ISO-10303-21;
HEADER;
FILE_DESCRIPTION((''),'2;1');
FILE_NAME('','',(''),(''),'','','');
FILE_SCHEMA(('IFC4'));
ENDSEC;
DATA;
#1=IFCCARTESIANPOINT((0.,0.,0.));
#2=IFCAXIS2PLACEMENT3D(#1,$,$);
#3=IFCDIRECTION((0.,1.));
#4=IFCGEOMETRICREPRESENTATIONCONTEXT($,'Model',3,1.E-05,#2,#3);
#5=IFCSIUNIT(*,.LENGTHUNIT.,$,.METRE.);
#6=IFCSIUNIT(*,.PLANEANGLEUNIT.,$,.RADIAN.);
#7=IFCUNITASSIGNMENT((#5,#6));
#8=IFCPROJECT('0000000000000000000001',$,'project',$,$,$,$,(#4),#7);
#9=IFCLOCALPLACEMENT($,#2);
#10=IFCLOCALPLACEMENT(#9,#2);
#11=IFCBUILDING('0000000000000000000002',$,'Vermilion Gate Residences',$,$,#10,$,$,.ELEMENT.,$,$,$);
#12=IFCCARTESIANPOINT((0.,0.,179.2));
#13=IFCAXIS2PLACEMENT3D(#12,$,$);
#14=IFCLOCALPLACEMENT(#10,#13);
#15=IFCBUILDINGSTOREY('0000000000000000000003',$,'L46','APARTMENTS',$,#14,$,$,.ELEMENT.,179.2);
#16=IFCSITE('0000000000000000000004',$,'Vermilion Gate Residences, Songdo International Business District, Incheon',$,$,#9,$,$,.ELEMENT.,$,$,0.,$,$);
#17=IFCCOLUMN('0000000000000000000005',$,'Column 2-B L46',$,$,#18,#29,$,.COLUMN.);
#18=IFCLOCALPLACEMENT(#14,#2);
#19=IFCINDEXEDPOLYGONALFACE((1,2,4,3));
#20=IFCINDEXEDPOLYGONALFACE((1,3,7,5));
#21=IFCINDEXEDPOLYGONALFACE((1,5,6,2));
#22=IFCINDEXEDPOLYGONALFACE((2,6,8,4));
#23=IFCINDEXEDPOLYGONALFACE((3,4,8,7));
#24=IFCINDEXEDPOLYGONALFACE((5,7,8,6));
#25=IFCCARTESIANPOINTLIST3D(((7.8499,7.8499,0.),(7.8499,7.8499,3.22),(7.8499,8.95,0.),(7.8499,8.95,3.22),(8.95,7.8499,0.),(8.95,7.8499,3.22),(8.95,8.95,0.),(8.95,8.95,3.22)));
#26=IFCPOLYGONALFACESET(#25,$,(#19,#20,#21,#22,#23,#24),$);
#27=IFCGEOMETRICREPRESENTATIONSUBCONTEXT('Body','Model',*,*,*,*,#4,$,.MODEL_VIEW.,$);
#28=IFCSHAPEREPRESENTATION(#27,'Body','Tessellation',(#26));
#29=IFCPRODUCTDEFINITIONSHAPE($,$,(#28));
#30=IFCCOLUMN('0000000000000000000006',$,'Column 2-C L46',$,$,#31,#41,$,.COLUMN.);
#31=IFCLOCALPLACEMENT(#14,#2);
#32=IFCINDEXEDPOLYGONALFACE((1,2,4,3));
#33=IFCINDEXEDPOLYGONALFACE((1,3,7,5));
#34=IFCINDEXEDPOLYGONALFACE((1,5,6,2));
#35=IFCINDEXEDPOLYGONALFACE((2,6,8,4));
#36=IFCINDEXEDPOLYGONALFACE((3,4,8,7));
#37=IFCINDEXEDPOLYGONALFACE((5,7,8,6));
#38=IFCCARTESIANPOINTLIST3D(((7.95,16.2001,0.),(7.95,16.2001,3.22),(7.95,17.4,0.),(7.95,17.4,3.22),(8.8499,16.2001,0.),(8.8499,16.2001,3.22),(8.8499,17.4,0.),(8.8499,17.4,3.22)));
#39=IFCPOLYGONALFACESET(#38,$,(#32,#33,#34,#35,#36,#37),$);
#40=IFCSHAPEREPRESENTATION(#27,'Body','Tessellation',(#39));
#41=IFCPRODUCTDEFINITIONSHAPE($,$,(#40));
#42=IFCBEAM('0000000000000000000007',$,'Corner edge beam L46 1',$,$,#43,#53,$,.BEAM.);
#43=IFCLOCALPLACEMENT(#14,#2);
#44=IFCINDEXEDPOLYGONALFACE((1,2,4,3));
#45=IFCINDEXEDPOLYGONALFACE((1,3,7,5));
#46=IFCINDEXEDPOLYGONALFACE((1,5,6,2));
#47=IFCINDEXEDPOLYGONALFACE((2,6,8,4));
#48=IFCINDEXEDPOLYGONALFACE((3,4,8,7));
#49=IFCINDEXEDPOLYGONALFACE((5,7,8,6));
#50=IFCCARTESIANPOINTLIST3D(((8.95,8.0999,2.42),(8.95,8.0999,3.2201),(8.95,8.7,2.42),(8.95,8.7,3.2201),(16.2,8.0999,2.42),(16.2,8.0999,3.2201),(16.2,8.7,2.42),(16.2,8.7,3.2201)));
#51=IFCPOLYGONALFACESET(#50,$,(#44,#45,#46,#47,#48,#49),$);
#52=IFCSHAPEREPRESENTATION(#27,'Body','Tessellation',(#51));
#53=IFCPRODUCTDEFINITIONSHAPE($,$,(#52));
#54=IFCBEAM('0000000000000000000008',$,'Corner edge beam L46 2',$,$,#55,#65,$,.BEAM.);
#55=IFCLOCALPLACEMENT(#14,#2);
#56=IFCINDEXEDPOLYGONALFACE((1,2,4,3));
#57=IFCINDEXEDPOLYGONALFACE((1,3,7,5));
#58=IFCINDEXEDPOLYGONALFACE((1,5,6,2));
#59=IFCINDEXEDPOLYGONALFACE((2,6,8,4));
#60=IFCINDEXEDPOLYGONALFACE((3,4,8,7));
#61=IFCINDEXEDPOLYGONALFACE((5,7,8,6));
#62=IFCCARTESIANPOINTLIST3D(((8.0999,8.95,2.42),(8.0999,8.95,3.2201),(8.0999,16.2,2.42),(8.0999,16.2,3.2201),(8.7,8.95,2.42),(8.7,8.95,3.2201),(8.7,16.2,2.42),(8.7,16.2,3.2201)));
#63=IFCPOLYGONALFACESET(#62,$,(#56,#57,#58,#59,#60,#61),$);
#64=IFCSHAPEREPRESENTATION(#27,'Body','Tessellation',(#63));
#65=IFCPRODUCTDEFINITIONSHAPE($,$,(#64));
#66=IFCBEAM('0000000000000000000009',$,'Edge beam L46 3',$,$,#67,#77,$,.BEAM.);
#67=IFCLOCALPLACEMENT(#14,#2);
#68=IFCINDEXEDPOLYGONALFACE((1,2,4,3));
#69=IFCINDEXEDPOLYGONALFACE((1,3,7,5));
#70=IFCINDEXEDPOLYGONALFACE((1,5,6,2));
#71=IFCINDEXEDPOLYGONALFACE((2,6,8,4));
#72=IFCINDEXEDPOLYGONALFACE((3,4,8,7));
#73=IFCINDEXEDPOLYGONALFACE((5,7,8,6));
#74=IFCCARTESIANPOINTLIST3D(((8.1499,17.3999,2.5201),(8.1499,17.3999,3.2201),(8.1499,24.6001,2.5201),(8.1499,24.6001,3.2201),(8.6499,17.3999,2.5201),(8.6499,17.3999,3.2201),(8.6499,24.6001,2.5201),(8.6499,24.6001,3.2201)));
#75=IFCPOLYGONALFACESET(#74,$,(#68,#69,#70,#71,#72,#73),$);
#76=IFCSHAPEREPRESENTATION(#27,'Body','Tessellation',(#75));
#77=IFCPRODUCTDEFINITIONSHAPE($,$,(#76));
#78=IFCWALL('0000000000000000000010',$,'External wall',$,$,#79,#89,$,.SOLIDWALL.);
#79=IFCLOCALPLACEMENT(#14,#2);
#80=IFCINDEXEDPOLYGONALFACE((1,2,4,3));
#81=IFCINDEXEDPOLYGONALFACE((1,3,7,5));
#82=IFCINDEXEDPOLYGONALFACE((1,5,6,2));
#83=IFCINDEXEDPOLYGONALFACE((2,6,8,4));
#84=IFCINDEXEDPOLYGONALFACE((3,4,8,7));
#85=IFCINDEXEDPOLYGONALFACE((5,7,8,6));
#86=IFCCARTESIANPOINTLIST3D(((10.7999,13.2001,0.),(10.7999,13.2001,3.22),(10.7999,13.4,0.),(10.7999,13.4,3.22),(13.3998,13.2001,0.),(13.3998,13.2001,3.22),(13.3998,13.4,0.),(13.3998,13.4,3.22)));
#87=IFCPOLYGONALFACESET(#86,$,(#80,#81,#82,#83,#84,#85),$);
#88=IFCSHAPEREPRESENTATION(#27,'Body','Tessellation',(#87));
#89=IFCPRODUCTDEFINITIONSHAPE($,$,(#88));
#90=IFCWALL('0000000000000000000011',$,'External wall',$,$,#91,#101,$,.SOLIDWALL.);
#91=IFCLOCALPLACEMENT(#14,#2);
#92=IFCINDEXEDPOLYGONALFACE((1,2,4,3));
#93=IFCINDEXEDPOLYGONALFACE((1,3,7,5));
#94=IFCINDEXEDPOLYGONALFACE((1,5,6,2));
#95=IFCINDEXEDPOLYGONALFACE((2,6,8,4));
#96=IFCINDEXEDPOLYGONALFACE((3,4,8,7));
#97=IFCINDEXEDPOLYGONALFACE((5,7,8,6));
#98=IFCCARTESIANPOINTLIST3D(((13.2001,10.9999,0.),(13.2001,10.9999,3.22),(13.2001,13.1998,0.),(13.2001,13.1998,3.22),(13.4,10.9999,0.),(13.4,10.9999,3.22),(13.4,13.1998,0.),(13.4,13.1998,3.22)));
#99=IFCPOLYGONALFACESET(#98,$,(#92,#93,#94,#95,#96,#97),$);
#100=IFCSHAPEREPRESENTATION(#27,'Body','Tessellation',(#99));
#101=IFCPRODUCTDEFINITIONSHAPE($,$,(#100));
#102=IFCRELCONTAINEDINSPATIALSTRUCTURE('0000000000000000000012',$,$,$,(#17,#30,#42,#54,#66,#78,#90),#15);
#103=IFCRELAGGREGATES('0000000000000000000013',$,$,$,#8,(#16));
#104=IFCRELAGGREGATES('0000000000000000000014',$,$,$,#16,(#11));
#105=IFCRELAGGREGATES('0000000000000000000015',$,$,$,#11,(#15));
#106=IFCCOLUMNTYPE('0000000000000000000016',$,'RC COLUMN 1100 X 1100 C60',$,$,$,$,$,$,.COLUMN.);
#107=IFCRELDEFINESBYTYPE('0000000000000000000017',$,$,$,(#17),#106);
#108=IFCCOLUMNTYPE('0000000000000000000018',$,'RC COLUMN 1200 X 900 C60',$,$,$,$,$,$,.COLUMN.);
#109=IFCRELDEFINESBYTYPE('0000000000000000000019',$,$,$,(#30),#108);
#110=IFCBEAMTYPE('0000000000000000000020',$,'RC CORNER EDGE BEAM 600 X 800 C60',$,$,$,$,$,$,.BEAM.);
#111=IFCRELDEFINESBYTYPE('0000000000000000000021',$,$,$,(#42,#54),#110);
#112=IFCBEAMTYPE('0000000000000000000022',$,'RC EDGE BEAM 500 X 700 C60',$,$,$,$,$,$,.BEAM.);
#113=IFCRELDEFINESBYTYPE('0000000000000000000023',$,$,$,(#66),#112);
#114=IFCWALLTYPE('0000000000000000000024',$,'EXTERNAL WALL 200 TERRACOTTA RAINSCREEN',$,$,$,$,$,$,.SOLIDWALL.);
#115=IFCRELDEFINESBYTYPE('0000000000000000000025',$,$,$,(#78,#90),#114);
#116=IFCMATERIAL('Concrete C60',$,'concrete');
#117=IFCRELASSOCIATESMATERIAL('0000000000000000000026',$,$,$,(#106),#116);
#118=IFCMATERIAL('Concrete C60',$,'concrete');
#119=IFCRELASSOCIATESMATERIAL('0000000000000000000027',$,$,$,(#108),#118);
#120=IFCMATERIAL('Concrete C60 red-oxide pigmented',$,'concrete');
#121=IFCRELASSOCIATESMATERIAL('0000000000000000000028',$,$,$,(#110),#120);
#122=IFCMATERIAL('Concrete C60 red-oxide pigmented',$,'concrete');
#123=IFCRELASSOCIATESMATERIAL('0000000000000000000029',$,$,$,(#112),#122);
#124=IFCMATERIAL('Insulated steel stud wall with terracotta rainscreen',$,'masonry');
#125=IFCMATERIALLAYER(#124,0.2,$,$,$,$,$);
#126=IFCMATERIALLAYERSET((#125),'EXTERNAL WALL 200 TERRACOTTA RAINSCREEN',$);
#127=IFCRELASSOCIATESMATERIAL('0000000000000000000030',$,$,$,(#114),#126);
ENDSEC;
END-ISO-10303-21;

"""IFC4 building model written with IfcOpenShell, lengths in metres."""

from ifc_helpers import new_model, si_unit, direction, frame, frame_2d, origin, origin_2d, place, context, subcontext, project, spatial, rectangle, extrude, material, layer, layer_set, material_profile, profile_set, type_object, element, save


model = new_model("IFC4")

# Units and contexts
model_context = context("Model", 3, precision=1e-05, world=origin(), true_north=direction((0.0, 1.0)))
body_context = subcontext(model_context, "Body", "Model", "MODEL_VIEW")
ifc_project = project(units=[si_unit("LENGTHUNIT", "METRE"), si_unit("PLANEANGLEUNIT", "RADIAN")], contexts=[model_context])

# Site, building, storey
site_placement = place(None, origin())
site = spatial("IfcSite", under=ifc_project, at=site_placement, Name="Vermilion Gate Residences, Songdo International Business District, Incheon", CompositionType="ELEMENT", RefElevation=0.0)
building_placement = place(site_placement, origin())
building = spatial("IfcBuilding", under=site, at=building_placement, Name="Vermilion Gate Residences", CompositionType="ELEMENT")
storey_placement = place(building_placement, frame((0.0, 0.0, 179.2)))
storey = spatial("IfcBuildingStorey", under=building, at=storey_placement, Name="L46", Description="APARTMENTS", CompositionType="ELEMENT", Elevation=179.2)

# Columns
ifc_material_1 = material(Name="Concrete C60", Category="concrete")
ifc_material_profile_1 = material_profile(ifc_material_1, rectangle(XDim=1.1001, YDim=1.1001, at=origin_2d()), Name="RC-1100x1100")
ifc_profile_set_1 = profile_set([ifc_material_profile_1], Name="Concrete C60")
column_type_1 = type_object("IfcColumnType", Name="RC COLUMN 1100 X 1100 C60", PredefinedType="COLUMN", material=ifc_profile_set_1)
column_1_placement = place(storey_placement, frame((8.3999, 8.3999, 0.0), z_axis=(0.0, 0.0, 1.0), x_axis=(1.0, 0.0, 0.0)))
element("IfcColumn", 1, at=column_1_placement, inside=storey, type_object=column_type_1, Name="Column 2-B L46", PredefinedType="COLUMN", context=body_context, shape_type="SweptSolid", body=[
    extrude(rectangle(XDim=1.1001, YDim=1.1001, at=origin_2d()), origin(), (0.0, 0.0, 1.0), 3.22),
])
ifc_material_2 = material(Name="Concrete C60", Category="concrete")
ifc_material_profile_2 = material_profile(ifc_material_2, rectangle(XDim=1.2, YDim=0.8999, at=origin_2d()), Name="RC-1200x900")
ifc_profile_set_2 = profile_set([ifc_material_profile_2], Name="Concrete C60")
column_type_2 = type_object("IfcColumnType", Name="RC COLUMN 1200 X 900 C60", PredefinedType="COLUMN", material=ifc_profile_set_2)
column_2_placement = place(storey_placement, frame((8.3999, 16.8, 0.0), z_axis=(0.0, 0.0, 1.0), x_axis=(0.0, 1.0, 0.0)))
element("IfcColumn", 2, at=column_2_placement, inside=storey, type_object=column_type_2, Name="Column 2-C L46", PredefinedType="COLUMN", context=body_context, shape_type="SweptSolid", body=[
    extrude(rectangle(XDim=1.2, YDim=0.8999, at=origin_2d()), origin(), (0.0, 0.0, 1.0), 3.22),
])

# Beams
ifc_material_3 = material(Name="Concrete C60 red-oxide pigmented", Category="concrete")
ifc_material_profile_3 = material_profile(ifc_material_3, rectangle(XDim=0.6001, YDim=0.8, at=origin_2d()), Name="RC-600x800")
ifc_profile_set_3 = profile_set([ifc_material_profile_3], Name="Concrete C60 red-oxide pigmented")
beam_type_1 = type_object("IfcBeamType", Name="RC CORNER EDGE BEAM 600 X 800 C60", PredefinedType="BEAM", material=ifc_profile_set_3)
for number, where, z_axis, x_axis, name in (
    (3, (8.95, 8.3999, 2.8201), (1.0, 0.0, 0.0), (0.0, 1.0, 0.0), "Corner edge beam L46 1"),
    (4, (8.3999, 8.95, 2.8201), (0.0, 1.0, 0.0), (-1.0, 0.0, 0.0), "Corner edge beam L46 2"),
):
    element("IfcBeam", number, at=place(storey_placement, frame(where, z_axis=z_axis, x_axis=x_axis)), inside=storey, type_object=beam_type_1, Name=name, PredefinedType="BEAM", context=body_context, shape_type="SweptSolid", body=[
        extrude(rectangle(XDim=0.6001, YDim=0.8, at=origin_2d()), origin(), (0.0, 0.0, 1.0), 7.25),
    ])
ifc_material_4 = material(Name="Concrete C60 red-oxide pigmented", Category="concrete")
ifc_material_profile_4 = material_profile(ifc_material_4, rectangle(XDim=0.5, YDim=0.7, at=origin_2d()), Name="RC-500x700")
ifc_profile_set_4 = profile_set([ifc_material_profile_4], Name="Concrete C60 red-oxide pigmented")
beam_type_2 = type_object("IfcBeamType", Name="RC EDGE BEAM 500 X 700 C60", PredefinedType="BEAM", material=ifc_profile_set_4)
beam_placement = place(storey_placement, frame((8.3999, 17.3999, 2.8701), z_axis=(0.0, 1.0, 0.0), x_axis=(-1.0, 0.0, 0.0)))
element("IfcBeam", 5, at=beam_placement, inside=storey, type_object=beam_type_2, Name="Edge beam L46 3", PredefinedType="BEAM", context=body_context, shape_type="SweptSolid", body=[
    extrude(rectangle(XDim=0.5, YDim=0.7, at=origin_2d()), origin(), (0.0, 0.0, 1.0), 7.2002),
])

# Walls
ifc_material_5 = material(Name="Insulated steel stud wall with terracotta rainscreen", Category="masonry")
ifc_layer_1 = layer(ifc_material_5, 0.2)
ifc_layer_set_1 = layer_set([ifc_layer_1], Name="EXTERNAL WALL 200 TERRACOTTA RAINSCREEN")
wall_type_1 = type_object("IfcWallType", Name="EXTERNAL WALL 200 TERRACOTTA RAINSCREEN", PredefinedType="SOLIDWALL", material=ifc_layer_set_1)
wall_1_placement = place(storey_placement, frame((10.8, 13.3, 0.0), z_axis=(0.0, 0.0, 1.0), x_axis=(1.0, 0.0, 0.0)))
element("IfcWall", 6, at=wall_1_placement, inside=storey, type_object=wall_type_1, Name="External wall", PredefinedType="SOLIDWALL", context=body_context, shape_type="SweptSolid", body=[
    extrude(rectangle(XDim=2.5999, YDim=0.2, at=frame_2d((1.2998, 0.0))), origin(), (0.0, 0.0, 1.0), 3.22),
])
wall_2_placement = place(storey_placement, frame((13.3, 13.2, 0.0), z_axis=(0.0, 0.0, 1.0), x_axis=(0.0, -1.0, 0.0)))
element("IfcWall", 7, at=wall_2_placement, inside=storey, type_object=wall_type_1, Name="External wall", PredefinedType="SOLIDWALL", context=body_context, shape_type="SweptSolid", body=[
    extrude(rectangle(XDim=2.2, YDim=0.2, at=frame_2d((1.1001, 0.0))), origin(), (0.0, 0.0, 1.0), 3.22),
])

save(model, "model.ifc")
